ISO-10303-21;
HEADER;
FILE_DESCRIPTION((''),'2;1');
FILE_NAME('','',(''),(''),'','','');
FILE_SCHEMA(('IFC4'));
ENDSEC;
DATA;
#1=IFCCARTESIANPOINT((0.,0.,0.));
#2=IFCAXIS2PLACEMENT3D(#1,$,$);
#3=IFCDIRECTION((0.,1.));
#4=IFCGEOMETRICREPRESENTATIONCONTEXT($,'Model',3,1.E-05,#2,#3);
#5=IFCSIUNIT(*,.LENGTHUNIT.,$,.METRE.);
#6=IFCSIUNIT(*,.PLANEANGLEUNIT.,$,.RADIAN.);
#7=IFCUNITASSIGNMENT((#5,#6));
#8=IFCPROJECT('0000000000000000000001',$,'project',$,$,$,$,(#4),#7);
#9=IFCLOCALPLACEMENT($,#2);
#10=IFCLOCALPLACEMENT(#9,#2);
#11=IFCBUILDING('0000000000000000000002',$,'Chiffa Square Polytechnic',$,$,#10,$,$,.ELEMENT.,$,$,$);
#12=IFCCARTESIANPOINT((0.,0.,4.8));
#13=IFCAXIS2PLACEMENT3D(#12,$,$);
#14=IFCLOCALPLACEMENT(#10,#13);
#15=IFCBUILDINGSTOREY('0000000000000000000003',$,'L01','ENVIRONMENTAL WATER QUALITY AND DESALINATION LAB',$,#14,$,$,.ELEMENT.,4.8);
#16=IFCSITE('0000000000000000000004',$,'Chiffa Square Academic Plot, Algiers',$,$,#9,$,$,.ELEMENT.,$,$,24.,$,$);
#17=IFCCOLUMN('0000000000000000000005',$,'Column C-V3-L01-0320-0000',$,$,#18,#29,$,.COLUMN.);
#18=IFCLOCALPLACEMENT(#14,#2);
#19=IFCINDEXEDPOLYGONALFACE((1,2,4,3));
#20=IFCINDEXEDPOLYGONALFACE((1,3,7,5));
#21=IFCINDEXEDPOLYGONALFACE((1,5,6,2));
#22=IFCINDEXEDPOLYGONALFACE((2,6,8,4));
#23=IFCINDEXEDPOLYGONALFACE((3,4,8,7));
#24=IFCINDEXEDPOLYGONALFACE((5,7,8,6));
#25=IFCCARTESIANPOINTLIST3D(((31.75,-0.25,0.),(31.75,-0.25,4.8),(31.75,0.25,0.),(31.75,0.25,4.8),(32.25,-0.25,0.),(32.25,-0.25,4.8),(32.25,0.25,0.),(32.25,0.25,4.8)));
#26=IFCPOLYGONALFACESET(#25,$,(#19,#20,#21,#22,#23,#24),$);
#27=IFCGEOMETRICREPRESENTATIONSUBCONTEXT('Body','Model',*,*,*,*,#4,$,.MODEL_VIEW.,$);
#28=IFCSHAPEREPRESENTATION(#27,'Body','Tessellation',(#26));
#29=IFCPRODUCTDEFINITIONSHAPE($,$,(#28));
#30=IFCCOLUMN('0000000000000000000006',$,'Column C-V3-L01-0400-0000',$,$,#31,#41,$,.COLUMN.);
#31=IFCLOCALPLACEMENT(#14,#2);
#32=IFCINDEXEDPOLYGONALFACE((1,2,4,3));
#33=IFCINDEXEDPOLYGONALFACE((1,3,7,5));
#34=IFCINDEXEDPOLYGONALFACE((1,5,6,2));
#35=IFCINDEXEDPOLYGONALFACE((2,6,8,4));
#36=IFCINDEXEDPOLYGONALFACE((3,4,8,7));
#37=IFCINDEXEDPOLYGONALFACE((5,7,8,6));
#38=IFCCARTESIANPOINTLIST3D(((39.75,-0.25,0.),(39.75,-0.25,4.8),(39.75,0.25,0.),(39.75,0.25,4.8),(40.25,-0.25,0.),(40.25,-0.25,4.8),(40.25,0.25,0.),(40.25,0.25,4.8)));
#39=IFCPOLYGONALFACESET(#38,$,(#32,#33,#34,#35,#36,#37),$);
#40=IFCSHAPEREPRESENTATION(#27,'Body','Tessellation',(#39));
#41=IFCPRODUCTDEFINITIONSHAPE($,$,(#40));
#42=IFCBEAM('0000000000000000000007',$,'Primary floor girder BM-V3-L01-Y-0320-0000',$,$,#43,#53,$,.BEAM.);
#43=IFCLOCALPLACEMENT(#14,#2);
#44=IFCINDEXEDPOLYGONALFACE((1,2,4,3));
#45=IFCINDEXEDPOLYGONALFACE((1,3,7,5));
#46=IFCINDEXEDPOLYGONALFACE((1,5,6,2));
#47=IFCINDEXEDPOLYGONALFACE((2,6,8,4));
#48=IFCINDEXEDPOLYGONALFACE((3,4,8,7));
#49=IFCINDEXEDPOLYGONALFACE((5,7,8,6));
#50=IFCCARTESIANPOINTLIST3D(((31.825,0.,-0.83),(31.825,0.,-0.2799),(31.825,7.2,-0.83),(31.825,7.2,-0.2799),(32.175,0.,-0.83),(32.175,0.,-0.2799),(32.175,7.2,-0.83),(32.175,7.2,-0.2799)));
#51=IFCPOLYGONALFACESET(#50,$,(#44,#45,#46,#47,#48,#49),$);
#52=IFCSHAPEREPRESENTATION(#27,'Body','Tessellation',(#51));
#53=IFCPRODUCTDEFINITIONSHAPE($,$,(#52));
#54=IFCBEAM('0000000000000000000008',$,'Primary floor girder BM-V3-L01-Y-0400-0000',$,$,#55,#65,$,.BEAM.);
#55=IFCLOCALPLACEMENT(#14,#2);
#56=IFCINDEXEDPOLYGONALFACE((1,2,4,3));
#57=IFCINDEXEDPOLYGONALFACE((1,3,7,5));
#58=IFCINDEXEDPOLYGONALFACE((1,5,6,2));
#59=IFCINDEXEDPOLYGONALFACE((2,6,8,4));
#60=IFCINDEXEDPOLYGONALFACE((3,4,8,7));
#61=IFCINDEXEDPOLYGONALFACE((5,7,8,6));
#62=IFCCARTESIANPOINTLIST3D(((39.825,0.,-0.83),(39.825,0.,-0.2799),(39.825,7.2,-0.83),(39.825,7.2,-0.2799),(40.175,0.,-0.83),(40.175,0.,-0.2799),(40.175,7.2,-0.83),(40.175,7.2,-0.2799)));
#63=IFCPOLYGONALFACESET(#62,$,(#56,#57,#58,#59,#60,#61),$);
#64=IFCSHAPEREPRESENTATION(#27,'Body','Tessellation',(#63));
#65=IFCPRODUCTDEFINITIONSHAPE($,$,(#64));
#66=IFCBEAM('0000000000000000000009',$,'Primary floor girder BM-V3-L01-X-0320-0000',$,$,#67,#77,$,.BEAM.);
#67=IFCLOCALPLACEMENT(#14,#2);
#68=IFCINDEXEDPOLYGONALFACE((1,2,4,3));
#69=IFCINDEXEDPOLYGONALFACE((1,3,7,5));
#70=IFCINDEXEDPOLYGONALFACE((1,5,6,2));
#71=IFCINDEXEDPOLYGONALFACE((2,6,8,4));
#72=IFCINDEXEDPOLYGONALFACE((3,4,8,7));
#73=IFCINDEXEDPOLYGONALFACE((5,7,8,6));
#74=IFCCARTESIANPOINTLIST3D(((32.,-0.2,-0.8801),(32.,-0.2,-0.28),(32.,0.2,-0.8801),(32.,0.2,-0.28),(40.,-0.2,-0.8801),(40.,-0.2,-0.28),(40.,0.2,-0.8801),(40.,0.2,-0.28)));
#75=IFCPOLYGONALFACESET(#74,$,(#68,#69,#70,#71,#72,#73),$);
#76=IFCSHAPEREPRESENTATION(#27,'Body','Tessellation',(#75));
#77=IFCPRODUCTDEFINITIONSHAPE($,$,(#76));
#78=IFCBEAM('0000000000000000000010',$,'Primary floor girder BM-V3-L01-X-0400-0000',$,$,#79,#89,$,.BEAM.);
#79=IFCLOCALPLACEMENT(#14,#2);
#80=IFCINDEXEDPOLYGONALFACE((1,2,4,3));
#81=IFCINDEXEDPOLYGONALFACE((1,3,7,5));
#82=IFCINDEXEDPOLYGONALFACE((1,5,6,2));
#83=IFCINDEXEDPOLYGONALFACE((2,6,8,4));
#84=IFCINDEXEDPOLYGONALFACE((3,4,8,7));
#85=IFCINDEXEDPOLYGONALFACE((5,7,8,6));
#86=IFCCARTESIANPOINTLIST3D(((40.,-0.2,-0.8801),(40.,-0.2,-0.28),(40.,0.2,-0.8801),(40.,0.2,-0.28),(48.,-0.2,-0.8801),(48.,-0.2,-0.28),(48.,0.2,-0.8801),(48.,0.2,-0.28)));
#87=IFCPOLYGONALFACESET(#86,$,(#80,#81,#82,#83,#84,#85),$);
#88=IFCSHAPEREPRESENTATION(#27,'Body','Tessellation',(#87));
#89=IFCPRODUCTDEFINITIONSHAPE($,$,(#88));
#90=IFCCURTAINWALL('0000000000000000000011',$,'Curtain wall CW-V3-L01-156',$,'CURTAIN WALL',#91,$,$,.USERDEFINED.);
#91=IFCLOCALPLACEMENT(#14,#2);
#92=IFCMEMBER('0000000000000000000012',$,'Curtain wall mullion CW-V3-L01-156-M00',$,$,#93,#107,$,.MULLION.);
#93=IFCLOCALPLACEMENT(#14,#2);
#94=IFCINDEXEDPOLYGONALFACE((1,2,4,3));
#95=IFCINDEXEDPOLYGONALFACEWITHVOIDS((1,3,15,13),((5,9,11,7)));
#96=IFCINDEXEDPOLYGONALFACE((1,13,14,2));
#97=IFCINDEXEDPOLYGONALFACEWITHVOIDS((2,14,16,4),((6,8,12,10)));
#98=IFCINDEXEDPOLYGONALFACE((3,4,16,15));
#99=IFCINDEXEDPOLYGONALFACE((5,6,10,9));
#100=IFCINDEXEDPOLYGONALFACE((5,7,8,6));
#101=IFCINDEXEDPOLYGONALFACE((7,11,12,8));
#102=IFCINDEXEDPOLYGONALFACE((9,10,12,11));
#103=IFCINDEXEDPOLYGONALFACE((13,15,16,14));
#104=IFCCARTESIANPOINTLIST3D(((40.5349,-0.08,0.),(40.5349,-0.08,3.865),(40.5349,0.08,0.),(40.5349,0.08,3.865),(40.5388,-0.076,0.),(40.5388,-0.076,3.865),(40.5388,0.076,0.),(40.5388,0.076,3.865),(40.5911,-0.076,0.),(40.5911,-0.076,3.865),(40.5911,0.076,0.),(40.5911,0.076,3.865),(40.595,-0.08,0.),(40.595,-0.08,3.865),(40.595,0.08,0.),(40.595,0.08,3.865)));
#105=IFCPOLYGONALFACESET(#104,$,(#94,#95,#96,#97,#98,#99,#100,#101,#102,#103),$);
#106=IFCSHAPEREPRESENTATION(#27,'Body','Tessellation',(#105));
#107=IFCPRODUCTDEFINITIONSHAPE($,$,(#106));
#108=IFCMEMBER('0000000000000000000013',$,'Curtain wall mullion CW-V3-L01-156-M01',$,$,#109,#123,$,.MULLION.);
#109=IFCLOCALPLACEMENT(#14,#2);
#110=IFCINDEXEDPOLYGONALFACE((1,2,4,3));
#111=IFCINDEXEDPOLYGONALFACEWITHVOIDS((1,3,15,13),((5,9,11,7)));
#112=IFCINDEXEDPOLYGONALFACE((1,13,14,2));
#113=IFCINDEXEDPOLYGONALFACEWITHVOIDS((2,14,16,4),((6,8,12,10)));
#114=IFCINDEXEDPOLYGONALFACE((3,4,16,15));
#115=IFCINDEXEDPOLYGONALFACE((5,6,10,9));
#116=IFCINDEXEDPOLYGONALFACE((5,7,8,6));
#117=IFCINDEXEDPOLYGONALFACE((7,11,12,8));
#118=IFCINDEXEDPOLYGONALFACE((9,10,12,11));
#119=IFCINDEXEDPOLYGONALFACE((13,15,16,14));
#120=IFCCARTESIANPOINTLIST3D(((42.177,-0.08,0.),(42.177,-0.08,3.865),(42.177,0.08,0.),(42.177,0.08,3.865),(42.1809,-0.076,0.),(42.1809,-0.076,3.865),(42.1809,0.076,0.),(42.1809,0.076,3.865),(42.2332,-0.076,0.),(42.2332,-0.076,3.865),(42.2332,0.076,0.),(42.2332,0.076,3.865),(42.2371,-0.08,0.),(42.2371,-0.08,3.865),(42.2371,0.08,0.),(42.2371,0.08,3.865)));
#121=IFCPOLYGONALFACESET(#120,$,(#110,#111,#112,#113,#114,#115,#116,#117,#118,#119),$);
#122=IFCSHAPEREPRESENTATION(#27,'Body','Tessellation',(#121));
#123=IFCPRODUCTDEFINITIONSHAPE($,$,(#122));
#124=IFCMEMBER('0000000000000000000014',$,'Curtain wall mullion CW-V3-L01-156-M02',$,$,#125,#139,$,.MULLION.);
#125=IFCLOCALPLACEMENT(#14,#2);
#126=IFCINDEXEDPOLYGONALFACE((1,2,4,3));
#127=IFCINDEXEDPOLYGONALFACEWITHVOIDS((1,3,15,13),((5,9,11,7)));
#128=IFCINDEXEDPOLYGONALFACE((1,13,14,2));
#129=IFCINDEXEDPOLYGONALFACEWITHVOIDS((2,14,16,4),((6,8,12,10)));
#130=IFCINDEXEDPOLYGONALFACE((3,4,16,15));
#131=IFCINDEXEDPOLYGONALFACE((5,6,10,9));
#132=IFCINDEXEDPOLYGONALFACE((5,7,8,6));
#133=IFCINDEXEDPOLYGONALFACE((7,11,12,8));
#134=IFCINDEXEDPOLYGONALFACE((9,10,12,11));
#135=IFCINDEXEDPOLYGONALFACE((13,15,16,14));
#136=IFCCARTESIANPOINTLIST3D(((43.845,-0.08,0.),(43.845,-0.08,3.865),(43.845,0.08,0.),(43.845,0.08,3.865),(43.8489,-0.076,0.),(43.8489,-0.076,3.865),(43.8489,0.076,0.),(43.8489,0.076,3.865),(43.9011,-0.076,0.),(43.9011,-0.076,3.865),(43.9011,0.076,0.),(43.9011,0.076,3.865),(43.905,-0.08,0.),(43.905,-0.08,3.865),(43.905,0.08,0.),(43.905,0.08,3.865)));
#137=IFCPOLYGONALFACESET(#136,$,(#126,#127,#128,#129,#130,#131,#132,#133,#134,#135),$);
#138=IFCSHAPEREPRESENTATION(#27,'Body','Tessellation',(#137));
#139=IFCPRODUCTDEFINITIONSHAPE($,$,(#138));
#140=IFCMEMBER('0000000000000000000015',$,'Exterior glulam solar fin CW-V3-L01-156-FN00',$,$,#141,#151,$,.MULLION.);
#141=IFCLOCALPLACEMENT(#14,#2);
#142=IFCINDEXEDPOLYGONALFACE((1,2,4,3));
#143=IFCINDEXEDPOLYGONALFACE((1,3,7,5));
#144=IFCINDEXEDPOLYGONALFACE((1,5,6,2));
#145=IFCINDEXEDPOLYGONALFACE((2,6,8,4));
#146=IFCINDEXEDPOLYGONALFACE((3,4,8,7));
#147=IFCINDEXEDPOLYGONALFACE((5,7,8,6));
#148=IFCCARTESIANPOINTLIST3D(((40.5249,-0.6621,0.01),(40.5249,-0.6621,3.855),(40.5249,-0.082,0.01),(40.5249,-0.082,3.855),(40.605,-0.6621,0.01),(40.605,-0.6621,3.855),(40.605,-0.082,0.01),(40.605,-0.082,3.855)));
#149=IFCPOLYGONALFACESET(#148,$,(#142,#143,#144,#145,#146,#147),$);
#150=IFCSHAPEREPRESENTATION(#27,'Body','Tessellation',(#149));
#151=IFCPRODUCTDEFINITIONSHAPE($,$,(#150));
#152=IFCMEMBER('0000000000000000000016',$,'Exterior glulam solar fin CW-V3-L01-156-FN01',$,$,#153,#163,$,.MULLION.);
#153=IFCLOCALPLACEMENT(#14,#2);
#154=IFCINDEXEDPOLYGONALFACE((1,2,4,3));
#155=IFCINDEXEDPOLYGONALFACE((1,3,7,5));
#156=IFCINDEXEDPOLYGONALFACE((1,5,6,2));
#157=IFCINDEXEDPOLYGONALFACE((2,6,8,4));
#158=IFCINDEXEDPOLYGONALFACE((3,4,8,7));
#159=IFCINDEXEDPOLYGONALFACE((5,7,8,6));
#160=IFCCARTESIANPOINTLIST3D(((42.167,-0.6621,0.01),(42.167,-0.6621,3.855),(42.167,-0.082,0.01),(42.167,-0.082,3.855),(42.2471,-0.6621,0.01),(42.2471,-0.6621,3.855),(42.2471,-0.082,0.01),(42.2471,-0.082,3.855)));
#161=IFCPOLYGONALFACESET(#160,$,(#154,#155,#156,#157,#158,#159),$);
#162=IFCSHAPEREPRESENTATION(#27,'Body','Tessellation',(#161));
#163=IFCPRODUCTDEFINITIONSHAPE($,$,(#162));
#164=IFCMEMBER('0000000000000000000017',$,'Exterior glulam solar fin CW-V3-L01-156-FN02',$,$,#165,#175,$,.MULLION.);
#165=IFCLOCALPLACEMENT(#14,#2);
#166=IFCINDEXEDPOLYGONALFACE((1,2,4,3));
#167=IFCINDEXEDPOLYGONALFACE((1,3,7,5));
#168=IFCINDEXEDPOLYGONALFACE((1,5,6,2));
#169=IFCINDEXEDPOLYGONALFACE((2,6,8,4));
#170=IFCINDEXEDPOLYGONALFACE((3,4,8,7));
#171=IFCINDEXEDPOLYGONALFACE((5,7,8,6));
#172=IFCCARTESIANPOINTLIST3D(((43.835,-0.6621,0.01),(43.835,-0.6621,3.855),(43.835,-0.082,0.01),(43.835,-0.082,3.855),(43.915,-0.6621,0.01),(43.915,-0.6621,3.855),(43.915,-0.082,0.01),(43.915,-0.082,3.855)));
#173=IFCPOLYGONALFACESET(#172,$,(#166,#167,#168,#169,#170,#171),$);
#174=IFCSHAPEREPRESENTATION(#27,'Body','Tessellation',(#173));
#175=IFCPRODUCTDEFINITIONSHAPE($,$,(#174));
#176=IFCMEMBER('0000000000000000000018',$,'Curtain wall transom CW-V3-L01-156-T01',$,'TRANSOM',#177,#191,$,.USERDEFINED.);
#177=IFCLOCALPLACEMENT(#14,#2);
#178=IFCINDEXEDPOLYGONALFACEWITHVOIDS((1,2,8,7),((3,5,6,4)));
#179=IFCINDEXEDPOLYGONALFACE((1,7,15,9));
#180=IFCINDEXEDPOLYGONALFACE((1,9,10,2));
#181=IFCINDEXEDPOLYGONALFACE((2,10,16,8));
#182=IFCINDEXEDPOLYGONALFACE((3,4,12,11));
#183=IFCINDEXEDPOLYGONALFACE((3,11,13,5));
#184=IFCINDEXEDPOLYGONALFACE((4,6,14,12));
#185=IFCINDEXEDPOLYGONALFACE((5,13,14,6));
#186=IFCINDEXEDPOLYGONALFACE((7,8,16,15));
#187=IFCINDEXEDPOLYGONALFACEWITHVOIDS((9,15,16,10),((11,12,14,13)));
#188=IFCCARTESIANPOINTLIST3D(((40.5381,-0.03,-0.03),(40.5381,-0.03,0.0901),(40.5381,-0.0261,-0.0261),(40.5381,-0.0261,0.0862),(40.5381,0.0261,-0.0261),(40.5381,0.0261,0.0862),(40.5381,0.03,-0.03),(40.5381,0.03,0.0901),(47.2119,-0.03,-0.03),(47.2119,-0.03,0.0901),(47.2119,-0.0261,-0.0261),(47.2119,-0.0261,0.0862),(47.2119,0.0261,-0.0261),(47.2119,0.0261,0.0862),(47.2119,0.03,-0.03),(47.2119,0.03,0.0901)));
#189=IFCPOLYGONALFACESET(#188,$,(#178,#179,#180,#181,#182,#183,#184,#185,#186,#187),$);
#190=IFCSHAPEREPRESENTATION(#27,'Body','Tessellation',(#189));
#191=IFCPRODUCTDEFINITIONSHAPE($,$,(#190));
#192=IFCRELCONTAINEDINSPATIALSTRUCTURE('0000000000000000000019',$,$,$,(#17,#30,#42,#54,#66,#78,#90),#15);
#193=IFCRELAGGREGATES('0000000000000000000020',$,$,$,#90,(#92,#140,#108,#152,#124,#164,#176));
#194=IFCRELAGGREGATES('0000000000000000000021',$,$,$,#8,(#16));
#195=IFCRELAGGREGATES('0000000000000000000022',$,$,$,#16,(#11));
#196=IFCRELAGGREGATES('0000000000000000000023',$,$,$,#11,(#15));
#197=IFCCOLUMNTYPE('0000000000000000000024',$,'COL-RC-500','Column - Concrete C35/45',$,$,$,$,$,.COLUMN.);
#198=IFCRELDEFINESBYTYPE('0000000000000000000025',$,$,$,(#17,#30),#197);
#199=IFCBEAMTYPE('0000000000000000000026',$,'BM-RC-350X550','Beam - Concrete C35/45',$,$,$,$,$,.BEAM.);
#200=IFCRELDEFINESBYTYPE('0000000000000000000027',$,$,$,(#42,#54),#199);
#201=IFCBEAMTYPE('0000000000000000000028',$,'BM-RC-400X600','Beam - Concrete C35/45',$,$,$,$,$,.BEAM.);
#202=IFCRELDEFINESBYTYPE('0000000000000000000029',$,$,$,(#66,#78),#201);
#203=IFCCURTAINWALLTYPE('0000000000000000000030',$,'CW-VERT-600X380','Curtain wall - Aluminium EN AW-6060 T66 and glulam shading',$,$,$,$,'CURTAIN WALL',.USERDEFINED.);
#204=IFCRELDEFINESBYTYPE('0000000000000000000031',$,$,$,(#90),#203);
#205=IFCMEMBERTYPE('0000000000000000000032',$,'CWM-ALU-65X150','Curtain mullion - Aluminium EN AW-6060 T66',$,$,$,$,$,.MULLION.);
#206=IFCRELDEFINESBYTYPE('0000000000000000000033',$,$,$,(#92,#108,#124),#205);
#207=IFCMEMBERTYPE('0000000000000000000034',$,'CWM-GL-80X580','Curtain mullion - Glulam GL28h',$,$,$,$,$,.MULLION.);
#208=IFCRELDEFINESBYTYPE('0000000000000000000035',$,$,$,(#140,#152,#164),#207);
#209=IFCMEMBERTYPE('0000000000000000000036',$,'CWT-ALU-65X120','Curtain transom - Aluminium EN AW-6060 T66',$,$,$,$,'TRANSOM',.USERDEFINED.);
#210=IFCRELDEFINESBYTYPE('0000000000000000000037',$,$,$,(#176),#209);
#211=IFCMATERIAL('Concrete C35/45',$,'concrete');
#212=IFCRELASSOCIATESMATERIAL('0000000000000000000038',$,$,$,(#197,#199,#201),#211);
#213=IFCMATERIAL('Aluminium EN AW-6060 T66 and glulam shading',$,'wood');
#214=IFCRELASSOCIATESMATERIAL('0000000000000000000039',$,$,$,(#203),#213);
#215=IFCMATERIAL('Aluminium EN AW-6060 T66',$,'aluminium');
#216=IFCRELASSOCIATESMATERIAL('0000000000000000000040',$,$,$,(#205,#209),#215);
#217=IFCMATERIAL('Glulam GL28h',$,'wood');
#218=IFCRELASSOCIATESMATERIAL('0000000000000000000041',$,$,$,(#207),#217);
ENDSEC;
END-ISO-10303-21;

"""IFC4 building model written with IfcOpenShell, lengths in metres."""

from ifc_helpers import new_model, si_unit, direction, frame, origin, origin_2d, place, context, subcontext, project, spatial, rectangle, hollow_rectangle, extrude, material, material_profile, profile_set, type_object, element, aggregate, save


model = new_model("IFC4")

# Units and contexts
model_context = context("Model", 3, precision=1e-05, world=origin(), true_north=direction((0.0, 1.0)))
body_context = subcontext(model_context, "Body", "Model", "MODEL_VIEW")
ifc_project = project(units=[si_unit("LENGTHUNIT", "METRE"), si_unit("PLANEANGLEUNIT", "RADIAN")], contexts=[model_context])

# Site, building, storey
site_placement = place(None, origin())
site = spatial("IfcSite", under=ifc_project, at=site_placement, Name="Chiffa Square Academic Plot, Algiers", CompositionType="ELEMENT", RefElevation=24.0)
building_placement = place(site_placement, origin())
building = spatial("IfcBuilding", under=site, at=building_placement, Name="Chiffa Square Polytechnic", CompositionType="ELEMENT")
storey_placement = place(building_placement, frame((0.0, 0.0, 4.8)))
storey = spatial("IfcBuildingStorey", under=building, at=storey_placement, Name="L01", Description="ENVIRONMENTAL WATER QUALITY AND DESALINATION LAB", CompositionType="ELEMENT", Elevation=4.8)

# Columns
ifc_material_1 = material(Name="Concrete C35/45", Category="concrete")
ifc_material_profile_1 = material_profile(ifc_material_1, rectangle(XDim=0.5, YDim=0.5, at=origin_2d()), Name="RC 500x500")
ifc_profile_set_1 = profile_set([ifc_material_profile_1], Name="Concrete C35/45")
column_type = type_object("IfcColumnType", Name="COL-RC-500", Description="Column - Concrete C35/45", PredefinedType="COLUMN", material=ifc_profile_set_1)
for number, where, z_axis, x_axis, name in (
    (1, (32.0, 0.0, 0.0), (0.0, 0.0, 1.0), (1.0, 0.0, 0.0), "Column C-V3-L01-0320-0000"),
    (2, (40.0, 0.0, 0.0), (0.0, 0.0, 1.0), (1.0, 0.0, 0.0), "Column C-V3-L01-0400-0000"),
):
    element("IfcColumn", number, at=place(storey_placement, frame(where, z_axis=z_axis, x_axis=x_axis)), inside=storey, type_object=column_type, Name=name, PredefinedType="COLUMN", context=body_context, shape_type="SweptSolid", body=[
        extrude(rectangle(XDim=0.5, YDim=0.5, at=origin_2d()), origin(), (0.0, 0.0, 1.0), 4.8),
    ])

# Beams
ifc_material_profile_2 = material_profile(ifc_material_1, rectangle(XDim=0.3501, YDim=0.55, at=origin_2d()), Name="RC 350x550")
ifc_profile_set_2 = profile_set([ifc_material_profile_2], Name="Concrete C35/45")
beam_type_1 = type_object("IfcBeamType", Name="BM-RC-350X550", Description="Beam - Concrete C35/45", PredefinedType="BEAM", material=ifc_profile_set_2)
for number, where, z_axis, x_axis, name in (
    (3, (32.0, 0.0, -0.5549), (0.0, 1.0, 0.0), (-1.0, 0.0, 0.0), "Primary floor girder BM-V3-L01-Y-0320-0000"),
    (4, (40.0, 0.0, -0.5549), (0.0, 1.0, 0.0), (-1.0, 0.0, 0.0), "Primary floor girder BM-V3-L01-Y-0400-0000"),
):
    element("IfcBeam", number, at=place(storey_placement, frame(where, z_axis=z_axis, x_axis=x_axis)), inside=storey, type_object=beam_type_1, Name=name, PredefinedType="BEAM", context=body_context, shape_type="SweptSolid", body=[
        extrude(rectangle(XDim=0.3501, YDim=0.55, at=origin_2d()), origin(), (0.0, 0.0, 1.0), 7.2),
    ])
ifc_material_profile_3 = material_profile(ifc_material_1, rectangle(XDim=0.3999, YDim=0.6001, at=origin_2d()), Name="RC 400x600")
ifc_profile_set_3 = profile_set([ifc_material_profile_3], Name="Concrete C35/45")
beam_type_2 = type_object("IfcBeamType", Name="BM-RC-400X600", Description="Beam - Concrete C35/45", PredefinedType="BEAM", material=ifc_profile_set_3)
for number, where, z_axis, x_axis, name in (
    (5, (32.0, 0.0, -0.5801), (1.0, 0.0, 0.0), (0.0, 1.0, 0.0), "Primary floor girder BM-V3-L01-X-0320-0000"),
    (6, (40.0, 0.0, -0.5801), (1.0, 0.0, 0.0), (0.0, 1.0, 0.0), "Primary floor girder BM-V3-L01-X-0400-0000"),
):
    element("IfcBeam", number, at=place(storey_placement, frame(where, z_axis=z_axis, x_axis=x_axis)), inside=storey, type_object=beam_type_2, Name=name, PredefinedType="BEAM", context=body_context, shape_type="SweptSolid", body=[
        extrude(rectangle(XDim=0.3999, YDim=0.6001, at=origin_2d()), origin(), (0.0, 0.0, 1.0), 8.0),
    ])

# Curtain wall, members
ifc_material_2 = material(Name="Aluminium EN AW-6060 T66 and glulam shading", Category="wood")
curtain_wall_type = type_object("IfcCurtainWallType", Name="CW-VERT-600X380", Description="Curtain wall - Aluminium EN AW-6060 T66 and glulam shading", ElementType="CURTAIN WALL", PredefinedType="USERDEFINED", material=ifc_material_2)
curtain_wall_placement = place(storey_placement, origin())
curtain_wall = element("IfcCurtainWall", 7, at=curtain_wall_placement, inside=storey, type_object=curtain_wall_type, Name="Curtain wall CW-V3-L01-156", ObjectType="CURTAIN WALL", PredefinedType="USERDEFINED")
ifc_material_3 = material(Name="Aluminium EN AW-6060 T66", Category="aluminium")
ifc_material_profile_4 = material_profile(ifc_material_3, hollow_rectangle(XDim=0.0601, YDim=0.1599, WallThickness=0.0039, at=origin_2d()), Name="ALU 60x160x4")
ifc_profile_set_4 = profile_set([ifc_material_profile_4], Name="Aluminium EN AW-6060 T66")
member_type_1 = type_object("IfcMemberType", Name="CWM-ALU-65X150", Description="Curtain mullion - Aluminium EN AW-6060 T66", PredefinedType="MULLION", material=ifc_profile_set_4)
member_1_placement = place(storey_placement, frame((40.5649, 0.0, 0.0), z_axis=(0.0, 0.0, 1.0), x_axis=(1.0, 0.0, 0.0)))
member_1 = element("IfcMember", 8, at=member_1_placement, type_object=member_type_1, Name="Curtain wall mullion CW-V3-L01-156-M00", PredefinedType="MULLION", context=body_context, shape_type="SweptSolid", body=[
    extrude(hollow_rectangle(XDim=0.0601, YDim=0.1599, WallThickness=0.0039, at=origin_2d()), origin(), (0.0, 0.0, 1.0), 3.865),
])
member_2_placement = place(storey_placement, frame((42.207, 0.0, 0.0), z_axis=(0.0, 0.0, 1.0), x_axis=(1.0, 0.0, 0.0)))
member_2 = element("IfcMember", 9, at=member_2_placement, type_object=member_type_1, Name="Curtain wall mullion CW-V3-L01-156-M01", PredefinedType="MULLION", context=body_context, shape_type="SweptSolid", body=[
    extrude(hollow_rectangle(XDim=0.0601, YDim=0.1599, WallThickness=0.0039, at=origin_2d()), origin(), (0.0, 0.0, 1.0), 3.865),
])
member_3_placement = place(storey_placement, frame((43.875, 0.0, 0.0), z_axis=(0.0, 0.0, 1.0), x_axis=(1.0, 0.0, 0.0)))
member_3 = element("IfcMember", 10, at=member_3_placement, type_object=member_type_1, Name="Curtain wall mullion CW-V3-L01-156-M02", PredefinedType="MULLION", context=body_context, shape_type="SweptSolid", body=[
    extrude(hollow_rectangle(XDim=0.0601, YDim=0.1599, WallThickness=0.0039, at=origin_2d()), origin(), (0.0, 0.0, 1.0), 3.865),
])
ifc_material_4 = material(Name="Glulam GL28h", Category="wood")
ifc_material_profile_5 = material_profile(ifc_material_4, rectangle(XDim=0.0801, YDim=0.5801, at=origin_2d()), Name="GL28h 80x580")
ifc_profile_set_5 = profile_set([ifc_material_profile_5], Name="Glulam GL28h")
member_type_2 = type_object("IfcMemberType", Name="CWM-GL-80X580", Description="Curtain mullion - Glulam GL28h", PredefinedType="MULLION", material=ifc_profile_set_5)
member_4_placement = place(storey_placement, frame((40.5649, -0.3721, 0.01), z_axis=(0.0, 0.0, 1.0), x_axis=(1.0, 0.0, 0.0)))
member_4 = element("IfcMember", 11, at=member_4_placement, type_object=member_type_2, Name="Exterior glulam solar fin CW-V3-L01-156-FN00", PredefinedType="MULLION", context=body_context, shape_type="SweptSolid", body=[
    extrude(rectangle(XDim=0.0801, YDim=0.5801, at=origin_2d()), origin(), (0.0, 0.0, 1.0), 3.845),
])
member_5_placement = place(storey_placement, frame((42.207, -0.3721, 0.01), z_axis=(0.0, 0.0, 1.0), x_axis=(1.0, 0.0, 0.0)))
member_5 = element("IfcMember", 12, at=member_5_placement, type_object=member_type_2, Name="Exterior glulam solar fin CW-V3-L01-156-FN01", PredefinedType="MULLION", context=body_context, shape_type="SweptSolid", body=[
    extrude(rectangle(XDim=0.0801, YDim=0.5801, at=origin_2d()), origin(), (0.0, 0.0, 1.0), 3.845),
])
member_6_placement = place(storey_placement, frame((43.875, -0.3721, 0.01), z_axis=(0.0, 0.0, 1.0), x_axis=(1.0, 0.0, 0.0)))
member_6 = element("IfcMember", 13, at=member_6_placement, type_object=member_type_2, Name="Exterior glulam solar fin CW-V3-L01-156-FN02", PredefinedType="MULLION", context=body_context, shape_type="SweptSolid", body=[
    extrude(rectangle(XDim=0.0801, YDim=0.5801, at=origin_2d()), origin(), (0.0, 0.0, 1.0), 3.845),
])
ifc_material_profile_6 = material_profile(ifc_material_3, hollow_rectangle(XDim=0.0601, YDim=0.1201, WallThickness=0.0039, at=origin_2d()), Name="ALU 60x120x4")
ifc_profile_set_6 = profile_set([ifc_material_profile_6], Name="Aluminium EN AW-6060 T66")
member_type_3 = type_object("IfcMemberType", Name="CWT-ALU-65X120", Description="Curtain transom - Aluminium EN AW-6060 T66", ElementType="TRANSOM", PredefinedType="USERDEFINED", material=ifc_profile_set_6)
member_7_placement = place(storey_placement, frame((40.5381, 0.0, 0.03), z_axis=(1.0, 0.0, 0.0), x_axis=(0.0, 1.0, 0.0)))
member_7 = element("IfcMember", 14, at=member_7_placement, type_object=member_type_3, Name="Curtain wall transom CW-V3-L01-156-T01", ObjectType="TRANSOM", PredefinedType="USERDEFINED", context=body_context, shape_type="SweptSolid", body=[
    extrude(hollow_rectangle(XDim=0.0601, YDim=0.1201, WallThickness=0.0039, at=origin_2d()), origin(), (0.0, 0.0, 1.0), 6.6738),
])

aggregate(curtain_wall, [member_1, member_4, member_2, member_5, member_3, member_6, member_7])

save(model, "model.ifc")
